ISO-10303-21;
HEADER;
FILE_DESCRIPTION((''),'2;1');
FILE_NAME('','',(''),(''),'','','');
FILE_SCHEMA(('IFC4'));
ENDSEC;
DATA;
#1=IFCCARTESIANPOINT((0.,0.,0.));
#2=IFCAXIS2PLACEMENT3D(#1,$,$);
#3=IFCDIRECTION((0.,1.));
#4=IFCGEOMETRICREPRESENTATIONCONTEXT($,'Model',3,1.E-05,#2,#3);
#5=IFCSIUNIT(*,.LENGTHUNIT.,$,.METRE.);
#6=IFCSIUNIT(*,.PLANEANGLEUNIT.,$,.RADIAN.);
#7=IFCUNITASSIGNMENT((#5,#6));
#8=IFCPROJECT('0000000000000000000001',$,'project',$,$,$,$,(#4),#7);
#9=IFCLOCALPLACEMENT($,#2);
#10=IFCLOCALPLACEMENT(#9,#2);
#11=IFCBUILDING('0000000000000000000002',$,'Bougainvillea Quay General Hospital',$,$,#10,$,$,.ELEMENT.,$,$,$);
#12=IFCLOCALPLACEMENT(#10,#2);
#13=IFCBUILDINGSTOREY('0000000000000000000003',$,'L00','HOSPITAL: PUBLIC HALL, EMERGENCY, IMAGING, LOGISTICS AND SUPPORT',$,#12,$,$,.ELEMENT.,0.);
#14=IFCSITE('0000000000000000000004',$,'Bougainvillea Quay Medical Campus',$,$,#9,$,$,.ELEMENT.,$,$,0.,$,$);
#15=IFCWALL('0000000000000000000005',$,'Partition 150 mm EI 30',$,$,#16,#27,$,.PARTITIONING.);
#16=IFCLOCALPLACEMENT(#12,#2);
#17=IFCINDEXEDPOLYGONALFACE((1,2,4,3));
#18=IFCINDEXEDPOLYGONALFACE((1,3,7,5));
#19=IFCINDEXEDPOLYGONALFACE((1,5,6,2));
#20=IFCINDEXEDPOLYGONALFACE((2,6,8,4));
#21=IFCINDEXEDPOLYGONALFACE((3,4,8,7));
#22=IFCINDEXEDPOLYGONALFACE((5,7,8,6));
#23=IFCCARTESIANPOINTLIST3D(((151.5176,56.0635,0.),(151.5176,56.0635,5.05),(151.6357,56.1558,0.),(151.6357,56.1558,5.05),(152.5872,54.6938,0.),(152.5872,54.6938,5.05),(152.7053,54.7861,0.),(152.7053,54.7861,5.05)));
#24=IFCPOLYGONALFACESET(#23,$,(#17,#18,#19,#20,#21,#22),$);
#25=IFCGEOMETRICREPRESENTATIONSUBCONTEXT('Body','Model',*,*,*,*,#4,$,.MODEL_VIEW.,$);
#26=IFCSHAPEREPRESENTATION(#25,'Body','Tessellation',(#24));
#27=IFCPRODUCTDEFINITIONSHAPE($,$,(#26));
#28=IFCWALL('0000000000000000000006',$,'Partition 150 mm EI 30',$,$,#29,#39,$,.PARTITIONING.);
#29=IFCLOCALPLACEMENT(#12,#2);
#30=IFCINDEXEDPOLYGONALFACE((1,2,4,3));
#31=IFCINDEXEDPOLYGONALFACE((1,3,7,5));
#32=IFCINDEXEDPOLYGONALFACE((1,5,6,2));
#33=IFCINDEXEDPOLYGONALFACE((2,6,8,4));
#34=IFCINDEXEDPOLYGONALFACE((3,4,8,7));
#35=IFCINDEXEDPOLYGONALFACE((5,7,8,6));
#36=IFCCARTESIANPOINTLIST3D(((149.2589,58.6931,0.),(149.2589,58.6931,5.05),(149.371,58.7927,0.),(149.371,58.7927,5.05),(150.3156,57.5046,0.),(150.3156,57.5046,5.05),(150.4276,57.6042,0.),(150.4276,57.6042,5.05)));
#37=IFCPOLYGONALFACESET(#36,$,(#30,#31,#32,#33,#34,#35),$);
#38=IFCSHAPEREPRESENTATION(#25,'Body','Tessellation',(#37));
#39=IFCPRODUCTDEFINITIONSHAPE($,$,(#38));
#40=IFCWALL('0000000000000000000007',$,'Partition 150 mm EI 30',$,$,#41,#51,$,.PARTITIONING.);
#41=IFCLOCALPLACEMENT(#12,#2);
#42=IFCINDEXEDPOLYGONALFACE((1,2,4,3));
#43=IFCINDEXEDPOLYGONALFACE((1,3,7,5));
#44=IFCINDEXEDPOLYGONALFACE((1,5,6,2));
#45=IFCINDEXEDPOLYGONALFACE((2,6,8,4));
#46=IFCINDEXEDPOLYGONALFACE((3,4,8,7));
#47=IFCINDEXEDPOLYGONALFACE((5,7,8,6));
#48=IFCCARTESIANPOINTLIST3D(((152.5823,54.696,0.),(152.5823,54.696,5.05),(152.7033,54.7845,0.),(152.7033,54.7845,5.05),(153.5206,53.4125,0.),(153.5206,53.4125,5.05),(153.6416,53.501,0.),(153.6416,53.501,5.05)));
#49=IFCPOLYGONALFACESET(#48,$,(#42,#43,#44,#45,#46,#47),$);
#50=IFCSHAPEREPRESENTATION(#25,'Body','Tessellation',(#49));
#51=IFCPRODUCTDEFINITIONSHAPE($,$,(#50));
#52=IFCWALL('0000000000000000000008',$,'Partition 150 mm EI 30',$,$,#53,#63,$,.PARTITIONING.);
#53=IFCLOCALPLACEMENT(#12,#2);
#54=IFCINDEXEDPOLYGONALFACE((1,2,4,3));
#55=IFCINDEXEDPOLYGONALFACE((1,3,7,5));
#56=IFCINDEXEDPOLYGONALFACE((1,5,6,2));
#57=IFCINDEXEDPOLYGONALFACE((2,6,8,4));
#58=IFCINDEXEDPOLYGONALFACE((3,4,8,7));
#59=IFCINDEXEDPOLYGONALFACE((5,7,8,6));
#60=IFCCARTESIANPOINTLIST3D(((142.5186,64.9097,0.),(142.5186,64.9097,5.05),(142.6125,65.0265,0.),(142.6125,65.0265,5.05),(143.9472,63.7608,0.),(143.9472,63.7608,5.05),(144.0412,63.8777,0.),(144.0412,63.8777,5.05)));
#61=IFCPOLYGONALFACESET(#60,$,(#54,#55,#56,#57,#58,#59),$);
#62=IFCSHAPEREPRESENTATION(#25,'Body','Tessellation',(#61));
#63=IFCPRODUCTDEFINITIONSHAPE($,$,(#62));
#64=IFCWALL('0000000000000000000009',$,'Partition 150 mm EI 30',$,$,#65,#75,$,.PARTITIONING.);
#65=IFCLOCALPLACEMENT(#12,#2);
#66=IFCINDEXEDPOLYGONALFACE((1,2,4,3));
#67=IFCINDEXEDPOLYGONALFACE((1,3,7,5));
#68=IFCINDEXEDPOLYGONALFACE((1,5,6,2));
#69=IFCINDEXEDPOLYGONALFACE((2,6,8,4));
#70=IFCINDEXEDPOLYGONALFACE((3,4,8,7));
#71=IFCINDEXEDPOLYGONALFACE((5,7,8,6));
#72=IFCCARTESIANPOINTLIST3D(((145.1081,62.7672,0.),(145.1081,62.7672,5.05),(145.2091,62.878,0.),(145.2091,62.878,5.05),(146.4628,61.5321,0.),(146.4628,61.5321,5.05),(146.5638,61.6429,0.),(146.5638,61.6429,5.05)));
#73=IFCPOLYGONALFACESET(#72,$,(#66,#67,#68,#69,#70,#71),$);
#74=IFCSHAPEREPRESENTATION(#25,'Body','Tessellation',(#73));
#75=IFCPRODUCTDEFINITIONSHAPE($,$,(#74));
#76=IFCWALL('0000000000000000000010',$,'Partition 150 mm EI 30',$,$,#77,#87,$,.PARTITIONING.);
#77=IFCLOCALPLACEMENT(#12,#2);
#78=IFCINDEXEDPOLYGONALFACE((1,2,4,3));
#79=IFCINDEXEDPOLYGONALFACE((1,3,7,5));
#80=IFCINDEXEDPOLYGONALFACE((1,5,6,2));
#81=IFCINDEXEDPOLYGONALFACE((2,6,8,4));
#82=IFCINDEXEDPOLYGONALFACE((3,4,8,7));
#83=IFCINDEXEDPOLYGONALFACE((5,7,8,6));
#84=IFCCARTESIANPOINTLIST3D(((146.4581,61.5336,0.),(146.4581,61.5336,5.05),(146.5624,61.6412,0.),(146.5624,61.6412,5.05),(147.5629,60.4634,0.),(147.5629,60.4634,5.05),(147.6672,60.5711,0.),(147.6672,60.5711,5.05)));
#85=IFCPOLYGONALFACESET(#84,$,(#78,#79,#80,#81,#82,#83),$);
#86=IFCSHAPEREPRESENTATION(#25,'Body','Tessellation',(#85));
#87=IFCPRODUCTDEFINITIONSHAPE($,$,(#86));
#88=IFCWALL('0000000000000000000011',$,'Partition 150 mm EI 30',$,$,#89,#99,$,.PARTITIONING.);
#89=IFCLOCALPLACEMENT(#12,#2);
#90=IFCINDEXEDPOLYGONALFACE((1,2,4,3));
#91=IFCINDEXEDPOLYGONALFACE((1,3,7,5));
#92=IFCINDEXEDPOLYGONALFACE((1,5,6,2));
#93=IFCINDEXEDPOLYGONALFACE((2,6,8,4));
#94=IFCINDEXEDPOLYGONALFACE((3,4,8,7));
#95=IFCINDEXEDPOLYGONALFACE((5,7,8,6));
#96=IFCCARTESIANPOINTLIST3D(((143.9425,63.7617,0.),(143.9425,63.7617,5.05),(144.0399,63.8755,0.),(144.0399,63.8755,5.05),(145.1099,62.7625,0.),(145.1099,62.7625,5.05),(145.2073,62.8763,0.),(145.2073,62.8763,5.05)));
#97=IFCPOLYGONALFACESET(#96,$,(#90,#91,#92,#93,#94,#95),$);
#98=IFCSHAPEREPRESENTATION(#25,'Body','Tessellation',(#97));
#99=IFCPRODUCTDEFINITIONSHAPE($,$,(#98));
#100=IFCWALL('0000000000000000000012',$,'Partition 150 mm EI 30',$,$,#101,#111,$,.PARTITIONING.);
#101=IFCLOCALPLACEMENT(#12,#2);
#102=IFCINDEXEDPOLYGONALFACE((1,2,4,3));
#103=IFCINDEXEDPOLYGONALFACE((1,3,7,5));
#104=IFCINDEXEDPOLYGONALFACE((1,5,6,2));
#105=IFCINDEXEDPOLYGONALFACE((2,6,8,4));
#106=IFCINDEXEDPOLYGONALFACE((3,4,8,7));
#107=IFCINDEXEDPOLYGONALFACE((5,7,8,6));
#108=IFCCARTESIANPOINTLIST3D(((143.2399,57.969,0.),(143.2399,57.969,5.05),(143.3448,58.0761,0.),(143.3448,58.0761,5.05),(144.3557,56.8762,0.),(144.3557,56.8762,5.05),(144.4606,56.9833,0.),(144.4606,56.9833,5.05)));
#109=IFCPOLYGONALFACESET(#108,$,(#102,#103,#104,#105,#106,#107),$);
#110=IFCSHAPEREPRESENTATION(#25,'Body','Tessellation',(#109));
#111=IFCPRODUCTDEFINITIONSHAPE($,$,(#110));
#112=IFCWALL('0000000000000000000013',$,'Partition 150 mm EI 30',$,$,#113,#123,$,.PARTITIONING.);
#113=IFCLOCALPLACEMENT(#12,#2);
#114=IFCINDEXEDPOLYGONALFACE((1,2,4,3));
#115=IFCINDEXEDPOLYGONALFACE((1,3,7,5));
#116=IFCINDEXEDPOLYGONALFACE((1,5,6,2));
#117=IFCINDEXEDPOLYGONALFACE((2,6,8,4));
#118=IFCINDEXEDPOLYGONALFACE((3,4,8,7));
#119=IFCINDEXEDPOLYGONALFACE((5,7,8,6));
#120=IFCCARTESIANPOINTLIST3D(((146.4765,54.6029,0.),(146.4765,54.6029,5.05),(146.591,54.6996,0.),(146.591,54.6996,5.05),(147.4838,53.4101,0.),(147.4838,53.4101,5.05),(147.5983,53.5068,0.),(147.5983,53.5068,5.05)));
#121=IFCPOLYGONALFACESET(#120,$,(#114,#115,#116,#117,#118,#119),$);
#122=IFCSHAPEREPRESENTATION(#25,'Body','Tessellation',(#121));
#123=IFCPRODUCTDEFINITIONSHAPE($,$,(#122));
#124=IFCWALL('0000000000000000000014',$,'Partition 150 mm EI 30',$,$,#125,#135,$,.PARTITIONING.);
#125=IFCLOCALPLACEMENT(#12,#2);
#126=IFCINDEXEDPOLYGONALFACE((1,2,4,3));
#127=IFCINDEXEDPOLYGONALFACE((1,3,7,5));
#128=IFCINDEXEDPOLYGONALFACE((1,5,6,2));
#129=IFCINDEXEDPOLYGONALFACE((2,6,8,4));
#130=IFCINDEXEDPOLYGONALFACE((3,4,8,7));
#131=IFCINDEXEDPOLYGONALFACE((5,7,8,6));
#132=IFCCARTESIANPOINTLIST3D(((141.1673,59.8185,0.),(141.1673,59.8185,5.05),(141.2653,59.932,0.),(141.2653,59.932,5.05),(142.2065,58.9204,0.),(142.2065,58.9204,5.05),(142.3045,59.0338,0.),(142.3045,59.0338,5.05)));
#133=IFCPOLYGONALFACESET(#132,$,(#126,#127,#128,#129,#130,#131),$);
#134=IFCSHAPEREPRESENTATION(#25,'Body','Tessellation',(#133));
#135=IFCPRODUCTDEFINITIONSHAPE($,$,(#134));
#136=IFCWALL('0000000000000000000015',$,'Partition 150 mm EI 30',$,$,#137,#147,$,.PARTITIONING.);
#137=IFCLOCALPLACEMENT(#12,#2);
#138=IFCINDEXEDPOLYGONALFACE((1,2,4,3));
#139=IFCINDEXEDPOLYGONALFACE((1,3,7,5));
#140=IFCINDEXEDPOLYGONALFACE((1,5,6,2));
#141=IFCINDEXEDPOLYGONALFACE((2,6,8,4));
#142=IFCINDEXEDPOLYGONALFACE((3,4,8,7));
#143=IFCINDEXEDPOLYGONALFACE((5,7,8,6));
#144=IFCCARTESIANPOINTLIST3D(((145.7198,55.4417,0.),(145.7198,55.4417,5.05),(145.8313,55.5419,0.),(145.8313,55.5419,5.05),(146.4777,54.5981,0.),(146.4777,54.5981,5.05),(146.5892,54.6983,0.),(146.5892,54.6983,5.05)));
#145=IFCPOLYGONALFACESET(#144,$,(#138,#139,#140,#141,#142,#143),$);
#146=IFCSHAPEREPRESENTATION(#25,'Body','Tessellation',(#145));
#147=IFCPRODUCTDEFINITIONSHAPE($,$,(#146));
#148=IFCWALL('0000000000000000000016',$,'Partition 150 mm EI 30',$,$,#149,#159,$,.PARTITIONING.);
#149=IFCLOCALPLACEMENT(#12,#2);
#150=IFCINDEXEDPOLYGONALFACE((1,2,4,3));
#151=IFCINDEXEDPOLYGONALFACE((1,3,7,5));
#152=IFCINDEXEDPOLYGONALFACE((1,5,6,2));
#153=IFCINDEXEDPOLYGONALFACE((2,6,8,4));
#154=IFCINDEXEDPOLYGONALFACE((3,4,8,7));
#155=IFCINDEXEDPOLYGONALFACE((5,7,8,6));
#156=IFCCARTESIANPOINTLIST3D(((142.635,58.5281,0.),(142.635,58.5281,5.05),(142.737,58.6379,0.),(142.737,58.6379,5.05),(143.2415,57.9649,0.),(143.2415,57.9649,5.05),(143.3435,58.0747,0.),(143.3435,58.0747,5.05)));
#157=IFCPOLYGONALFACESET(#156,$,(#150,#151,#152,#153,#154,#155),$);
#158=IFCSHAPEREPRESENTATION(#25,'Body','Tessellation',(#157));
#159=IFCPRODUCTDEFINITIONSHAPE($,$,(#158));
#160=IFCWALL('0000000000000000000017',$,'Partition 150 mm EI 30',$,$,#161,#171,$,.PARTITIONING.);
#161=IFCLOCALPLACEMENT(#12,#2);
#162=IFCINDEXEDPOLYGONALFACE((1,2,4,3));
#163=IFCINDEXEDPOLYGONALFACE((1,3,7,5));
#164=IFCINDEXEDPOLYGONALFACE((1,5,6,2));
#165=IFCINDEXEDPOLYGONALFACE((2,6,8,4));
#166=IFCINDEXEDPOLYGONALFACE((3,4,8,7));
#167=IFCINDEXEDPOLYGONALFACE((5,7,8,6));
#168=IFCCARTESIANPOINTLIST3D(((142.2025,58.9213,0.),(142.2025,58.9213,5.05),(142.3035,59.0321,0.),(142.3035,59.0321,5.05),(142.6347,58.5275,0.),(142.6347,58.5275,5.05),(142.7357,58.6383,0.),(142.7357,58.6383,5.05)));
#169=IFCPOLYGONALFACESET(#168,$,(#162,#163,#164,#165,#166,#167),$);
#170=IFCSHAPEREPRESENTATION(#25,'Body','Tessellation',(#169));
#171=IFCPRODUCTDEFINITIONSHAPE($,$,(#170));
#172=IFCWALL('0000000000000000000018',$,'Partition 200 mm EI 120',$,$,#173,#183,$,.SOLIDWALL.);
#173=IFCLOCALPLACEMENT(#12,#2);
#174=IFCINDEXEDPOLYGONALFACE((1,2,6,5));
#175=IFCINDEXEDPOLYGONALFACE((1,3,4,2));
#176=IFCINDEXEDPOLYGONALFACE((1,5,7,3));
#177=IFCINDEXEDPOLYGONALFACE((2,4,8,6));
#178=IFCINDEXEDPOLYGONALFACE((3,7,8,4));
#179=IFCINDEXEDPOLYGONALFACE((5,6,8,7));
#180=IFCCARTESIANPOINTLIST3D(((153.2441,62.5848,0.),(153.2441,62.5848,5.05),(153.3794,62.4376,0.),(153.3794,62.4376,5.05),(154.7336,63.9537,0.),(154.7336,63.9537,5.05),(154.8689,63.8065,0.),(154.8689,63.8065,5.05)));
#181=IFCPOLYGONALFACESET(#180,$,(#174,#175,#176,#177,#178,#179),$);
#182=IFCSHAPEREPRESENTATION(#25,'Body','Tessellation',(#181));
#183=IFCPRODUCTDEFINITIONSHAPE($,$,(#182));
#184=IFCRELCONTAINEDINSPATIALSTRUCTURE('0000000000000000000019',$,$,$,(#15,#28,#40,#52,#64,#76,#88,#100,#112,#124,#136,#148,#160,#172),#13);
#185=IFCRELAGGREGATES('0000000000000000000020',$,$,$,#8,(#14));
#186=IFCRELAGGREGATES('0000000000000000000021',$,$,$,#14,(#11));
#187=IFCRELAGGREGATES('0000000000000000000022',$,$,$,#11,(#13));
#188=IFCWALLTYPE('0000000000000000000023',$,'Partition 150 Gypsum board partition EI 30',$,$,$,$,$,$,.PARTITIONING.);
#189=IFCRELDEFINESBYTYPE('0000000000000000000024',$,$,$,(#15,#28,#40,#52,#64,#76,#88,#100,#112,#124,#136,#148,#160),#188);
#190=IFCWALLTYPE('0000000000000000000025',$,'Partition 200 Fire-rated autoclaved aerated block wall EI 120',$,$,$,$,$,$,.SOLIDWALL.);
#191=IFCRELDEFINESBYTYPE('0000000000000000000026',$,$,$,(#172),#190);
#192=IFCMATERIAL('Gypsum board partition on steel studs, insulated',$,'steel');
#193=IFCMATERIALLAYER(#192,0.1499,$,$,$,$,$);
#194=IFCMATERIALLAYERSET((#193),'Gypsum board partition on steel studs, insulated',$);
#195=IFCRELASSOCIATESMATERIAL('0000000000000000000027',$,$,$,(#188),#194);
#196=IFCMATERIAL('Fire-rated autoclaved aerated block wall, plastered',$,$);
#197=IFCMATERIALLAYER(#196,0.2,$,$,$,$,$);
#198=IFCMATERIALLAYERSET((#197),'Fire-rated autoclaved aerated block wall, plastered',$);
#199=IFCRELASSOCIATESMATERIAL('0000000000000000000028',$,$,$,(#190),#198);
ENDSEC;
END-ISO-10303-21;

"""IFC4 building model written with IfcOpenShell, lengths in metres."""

from ifc_helpers import new_model, si_unit, direction, frame, frame_2d, origin, place, context, subcontext, project, spatial, rectangle, extrude, material, layer, layer_set, type_object, element, save


model = new_model("IFC4")

# Units and contexts
model_context = context("Model", 3, precision=1e-05, world=origin(), true_north=direction((0.0, 1.0)))
body_context = subcontext(model_context, "Body", "Model", "MODEL_VIEW")
ifc_project = project(units=[si_unit("LENGTHUNIT", "METRE"), si_unit("PLANEANGLEUNIT", "RADIAN")], contexts=[model_context])

# Site, building, storey
site_placement = place(None, origin())
site = spatial("IfcSite", under=ifc_project, at=site_placement, Name="Bougainvillea Quay Medical Campus", CompositionType="ELEMENT", RefElevation=0.0)
building_placement = place(site_placement, origin())
building = spatial("IfcBuilding", under=site, at=building_placement, Name="Bougainvillea Quay General Hospital", CompositionType="ELEMENT")
storey_placement = place(building_placement, origin())
storey = spatial("IfcBuildingStorey", under=building, at=storey_placement, Name="L00", Description="HOSPITAL: PUBLIC HALL, EMERGENCY, IMAGING, LOGISTICS AND SUPPORT", CompositionType="ELEMENT", Elevation=0.0)

# Shared definitions
ifc_material_1 = material(Name="Gypsum board partition on steel studs, insulated", Category="steel")
ifc_layer_1 = layer(ifc_material_1, 0.1499)
ifc_layer_set_1 = layer_set([ifc_layer_1], Name="Gypsum board partition on steel studs, insulated")
wall_type_1 = type_object("IfcWallType", Name="Partition 150 Gypsum board partition EI 30", PredefinedType="PARTITIONING", material=ifc_layer_set_1)

# Walls
wall_1_placement = place(storey_placement, frame((151.5767, 56.1096, 0.0), z_axis=(0.0, 0.0, 1.0), x_axis=(0.615486, -0.788148, 0.0)))
element("IfcWall", 1, at=wall_1_placement, inside=storey, type_object=wall_type_1, Name="Partition 150 mm EI 30", PredefinedType="PARTITIONING", context=body_context, shape_type="SweptSolid", body=[
    extrude(rectangle(XDim=1.7378, YDim=0.1499, at=frame_2d((0.8689, 0.0))), origin(), (0.0, 0.0, 1.0), 5.05),
])
wall_2_placement = place(storey_placement, frame((149.3149, 58.7429, 0.0), z_axis=(0.0, 0.0, 1.0), x_axis=(0.66444, -0.747342, 0.0)))
element("IfcWall", 2, at=wall_2_placement, inside=storey, type_object=wall_type_1, Name="Partition 150 mm EI 30", PredefinedType="PARTITIONING", context=body_context, shape_type="SweptSolid", body=[
    extrude(rectangle(XDim=1.5903, YDim=0.1499, at=frame_2d((0.7952, 0.0))), origin(), (0.0, 0.0, 1.0), 5.05),
])
wall_3_placement = place(storey_placement, frame((152.6428, 54.7402, 0.0), z_axis=(0.0, 0.0, 1.0), x_axis=(0.590151, -0.807293, 0.0)))
element("IfcWall", 3, at=wall_3_placement, inside=storey, type_object=wall_type_1, Name="Partition 150 mm EI 30", PredefinedType="PARTITIONING", context=body_context, shape_type="SweptSolid", body=[
    extrude(rectangle(XDim=1.5898, YDim=0.1499, at=frame_2d((0.7949, 0.0))), origin(), (0.0, 0.0, 1.0), 5.05),
])
for number, where, z_axis, x_axis, name in (
    (4, (142.5657, 64.968, 0.0), (0.0, 0.0, 1.0), (0.779281, -0.626674, 0.0), "Partition 150 mm EI 30"),
    (5, (145.1587, 62.8225, 0.0), (0.0, 0.0, 1.0), (0.738981, -0.673726, 0.0), "Partition 150 mm EI 30"),
):
    element("IfcWall", number, at=place(storey_placement, frame(where, z_axis=z_axis, x_axis=x_axis)), inside=storey, type_object=wall_type_1, Name=name, PredefinedType="PARTITIONING", context=body_context, shape_type="SweptSolid", body=[
        extrude(rectangle(XDim=1.8333, YDim=0.1499, at=frame_2d((0.9165, 0.0))), origin(), (0.0, 0.0, 1.0), 5.05),
    ])
wall_4_placement = place(storey_placement, frame((146.5103, 61.5874, 0.0), z_axis=(0.0, 0.0, 1.0), x_axis=(0.718287, -0.695747, 0.0)))
element("IfcWall", 6, at=wall_4_placement, inside=storey, type_object=wall_type_1, Name="Partition 150 mm EI 30", PredefinedType="PARTITIONING", context=body_context, shape_type="SweptSolid", body=[
    extrude(rectangle(XDim=1.5381, YDim=0.1499, at=frame_2d((0.769, 0.0))), origin(), (0.0, 0.0, 1.0), 5.05),
])
wall_5_placement = place(storey_placement, frame((143.9912, 63.8186, 0.0), z_axis=(0.0, 0.0, 1.0), x_axis=(0.759716, -0.650255, 0.0)))
element("IfcWall", 7, at=wall_5_placement, inside=storey, type_object=wall_type_1, Name="Partition 150 mm EI 30", PredefinedType="PARTITIONING", context=body_context, shape_type="SweptSolid", body=[
    extrude(rectangle(XDim=1.5366, YDim=0.1499, at=frame_2d((0.7683, 0.0))), origin(), (0.0, 0.0, 1.0), 5.05),
])
wall_6_placement = place(storey_placement, frame((143.2925, 58.0225, 0.0), z_axis=(0.0, 0.0, 1.0), x_axis=(0.714416, -0.699721, 0.0)))
element("IfcWall", 8, at=wall_6_placement, inside=storey, type_object=wall_type_1, Name="Partition 150 mm EI 30", PredefinedType="PARTITIONING", context=body_context, shape_type="SweptSolid", body=[
    extrude(rectangle(XDim=1.5618, YDim=0.1499, at=frame_2d((0.7808, 0.0))), origin(), (0.0, 0.0, 1.0), 5.05),
])
wall_7_placement = place(storey_placement, frame((146.5337, 54.6514, 0.0), z_axis=(0.0, 0.0, 1.0), x_axis=(0.645185, -0.764026, 0.0)))
element("IfcWall", 9, at=wall_7_placement, inside=storey, type_object=wall_type_1, Name="Partition 150 mm EI 30", PredefinedType="PARTITIONING", context=body_context, shape_type="SweptSolid", body=[
    extrude(rectangle(XDim=1.5613, YDim=0.1499, at=frame_2d((0.7808, 0.0))), origin(), (0.0, 0.0, 1.0), 5.05),
])
wall_8_placement = place(storey_placement, frame((141.2163, 59.8752, 0.0), z_axis=(0.0, 0.0, 1.0), x_axis=(0.756603, -0.653874, 0.0)))
element("IfcWall", 10, at=wall_8_placement, inside=storey, type_object=wall_type_1, Name="Partition 150 mm EI 30", PredefinedType="PARTITIONING", context=body_context, shape_type="SweptSolid", body=[
    extrude(rectangle(XDim=1.3735, YDim=0.1499, at=frame_2d((0.6868, 0.0))), origin(), (0.0, 0.0, 1.0), 5.05),
])
wall_9_placement = place(storey_placement, frame((145.7756, 55.4917, 0.0), z_axis=(0.0, 0.0, 1.0), x_axis=(0.66831, -0.743883, 0.0)))
element("IfcWall", 11, at=wall_9_placement, inside=storey, type_object=wall_type_1, Name="Partition 150 mm EI 30", PredefinedType="PARTITIONING", context=body_context, shape_type="SweptSolid", body=[
    extrude(rectangle(XDim=1.134, YDim=0.1499, at=frame_2d((0.5669, 0.0))), origin(), (0.0, 0.0, 1.0), 5.05),
])
wall_10_placement = place(storey_placement, frame((142.686, 58.583, 0.0), z_axis=(0.0, 0.0, 1.0), x_axis=(0.73273, -0.680519, 0.0)))
element("IfcWall", 12, at=wall_10_placement, inside=storey, type_object=wall_type_1, Name="Partition 150 mm EI 30", PredefinedType="PARTITIONING", context=body_context, shape_type="SweptSolid", body=[
    extrude(rectangle(XDim=0.8276, YDim=0.1499, at=frame_2d((0.4138, 0.0))), origin(), (0.0, 0.0, 1.0), 5.05),
])
wall_11_placement = place(storey_placement, frame((142.2529, 58.9768, 0.0), z_axis=(0.0, 0.0, 1.0), x_axis=(0.739127, -0.673566, 0.0)))
element("IfcWall", 13, at=wall_11_placement, inside=storey, type_object=wall_type_1, Name="Partition 150 mm EI 30", PredefinedType="PARTITIONING", context=body_context, shape_type="SweptSolid", body=[
    extrude(rectangle(XDim=0.5847, YDim=0.1499, at=frame_2d((0.2925, 0.0))), origin(), (0.0, 0.0, 1.0), 5.05),
])
ifc_material_2 = material(Name="Fire-rated autoclaved aerated block wall, plastered")
ifc_layer_2 = layer(ifc_material_2, 0.2)
ifc_layer_set_2 = layer_set([ifc_layer_2], Name="Fire-rated autoclaved aerated block wall, plastered")
wall_type_2 = type_object("IfcWallType", Name="Partition 200 Fire-rated autoclaved aerated block wall EI 120", PredefinedType="SOLIDWALL", material=ifc_layer_set_2)
wall_12_placement = place(storey_placement, frame((153.3118, 62.5112, 0.0), z_axis=(0.0, 0.0, 1.0), x_axis=(0.736287, 0.676669, 0.0)))
element("IfcWall", 14, at=wall_12_placement, inside=storey, type_object=wall_type_2, Name="Partition 200 mm EI 120", PredefinedType="SOLIDWALL", context=body_context, shape_type="SweptSolid", body=[
    extrude(rectangle(XDim=2.0229, YDim=0.2, at=frame_2d((1.0115, 0.0))), origin(), (0.0, 0.0, 1.0), 5.05),
])

save(model, "model.ifc")
